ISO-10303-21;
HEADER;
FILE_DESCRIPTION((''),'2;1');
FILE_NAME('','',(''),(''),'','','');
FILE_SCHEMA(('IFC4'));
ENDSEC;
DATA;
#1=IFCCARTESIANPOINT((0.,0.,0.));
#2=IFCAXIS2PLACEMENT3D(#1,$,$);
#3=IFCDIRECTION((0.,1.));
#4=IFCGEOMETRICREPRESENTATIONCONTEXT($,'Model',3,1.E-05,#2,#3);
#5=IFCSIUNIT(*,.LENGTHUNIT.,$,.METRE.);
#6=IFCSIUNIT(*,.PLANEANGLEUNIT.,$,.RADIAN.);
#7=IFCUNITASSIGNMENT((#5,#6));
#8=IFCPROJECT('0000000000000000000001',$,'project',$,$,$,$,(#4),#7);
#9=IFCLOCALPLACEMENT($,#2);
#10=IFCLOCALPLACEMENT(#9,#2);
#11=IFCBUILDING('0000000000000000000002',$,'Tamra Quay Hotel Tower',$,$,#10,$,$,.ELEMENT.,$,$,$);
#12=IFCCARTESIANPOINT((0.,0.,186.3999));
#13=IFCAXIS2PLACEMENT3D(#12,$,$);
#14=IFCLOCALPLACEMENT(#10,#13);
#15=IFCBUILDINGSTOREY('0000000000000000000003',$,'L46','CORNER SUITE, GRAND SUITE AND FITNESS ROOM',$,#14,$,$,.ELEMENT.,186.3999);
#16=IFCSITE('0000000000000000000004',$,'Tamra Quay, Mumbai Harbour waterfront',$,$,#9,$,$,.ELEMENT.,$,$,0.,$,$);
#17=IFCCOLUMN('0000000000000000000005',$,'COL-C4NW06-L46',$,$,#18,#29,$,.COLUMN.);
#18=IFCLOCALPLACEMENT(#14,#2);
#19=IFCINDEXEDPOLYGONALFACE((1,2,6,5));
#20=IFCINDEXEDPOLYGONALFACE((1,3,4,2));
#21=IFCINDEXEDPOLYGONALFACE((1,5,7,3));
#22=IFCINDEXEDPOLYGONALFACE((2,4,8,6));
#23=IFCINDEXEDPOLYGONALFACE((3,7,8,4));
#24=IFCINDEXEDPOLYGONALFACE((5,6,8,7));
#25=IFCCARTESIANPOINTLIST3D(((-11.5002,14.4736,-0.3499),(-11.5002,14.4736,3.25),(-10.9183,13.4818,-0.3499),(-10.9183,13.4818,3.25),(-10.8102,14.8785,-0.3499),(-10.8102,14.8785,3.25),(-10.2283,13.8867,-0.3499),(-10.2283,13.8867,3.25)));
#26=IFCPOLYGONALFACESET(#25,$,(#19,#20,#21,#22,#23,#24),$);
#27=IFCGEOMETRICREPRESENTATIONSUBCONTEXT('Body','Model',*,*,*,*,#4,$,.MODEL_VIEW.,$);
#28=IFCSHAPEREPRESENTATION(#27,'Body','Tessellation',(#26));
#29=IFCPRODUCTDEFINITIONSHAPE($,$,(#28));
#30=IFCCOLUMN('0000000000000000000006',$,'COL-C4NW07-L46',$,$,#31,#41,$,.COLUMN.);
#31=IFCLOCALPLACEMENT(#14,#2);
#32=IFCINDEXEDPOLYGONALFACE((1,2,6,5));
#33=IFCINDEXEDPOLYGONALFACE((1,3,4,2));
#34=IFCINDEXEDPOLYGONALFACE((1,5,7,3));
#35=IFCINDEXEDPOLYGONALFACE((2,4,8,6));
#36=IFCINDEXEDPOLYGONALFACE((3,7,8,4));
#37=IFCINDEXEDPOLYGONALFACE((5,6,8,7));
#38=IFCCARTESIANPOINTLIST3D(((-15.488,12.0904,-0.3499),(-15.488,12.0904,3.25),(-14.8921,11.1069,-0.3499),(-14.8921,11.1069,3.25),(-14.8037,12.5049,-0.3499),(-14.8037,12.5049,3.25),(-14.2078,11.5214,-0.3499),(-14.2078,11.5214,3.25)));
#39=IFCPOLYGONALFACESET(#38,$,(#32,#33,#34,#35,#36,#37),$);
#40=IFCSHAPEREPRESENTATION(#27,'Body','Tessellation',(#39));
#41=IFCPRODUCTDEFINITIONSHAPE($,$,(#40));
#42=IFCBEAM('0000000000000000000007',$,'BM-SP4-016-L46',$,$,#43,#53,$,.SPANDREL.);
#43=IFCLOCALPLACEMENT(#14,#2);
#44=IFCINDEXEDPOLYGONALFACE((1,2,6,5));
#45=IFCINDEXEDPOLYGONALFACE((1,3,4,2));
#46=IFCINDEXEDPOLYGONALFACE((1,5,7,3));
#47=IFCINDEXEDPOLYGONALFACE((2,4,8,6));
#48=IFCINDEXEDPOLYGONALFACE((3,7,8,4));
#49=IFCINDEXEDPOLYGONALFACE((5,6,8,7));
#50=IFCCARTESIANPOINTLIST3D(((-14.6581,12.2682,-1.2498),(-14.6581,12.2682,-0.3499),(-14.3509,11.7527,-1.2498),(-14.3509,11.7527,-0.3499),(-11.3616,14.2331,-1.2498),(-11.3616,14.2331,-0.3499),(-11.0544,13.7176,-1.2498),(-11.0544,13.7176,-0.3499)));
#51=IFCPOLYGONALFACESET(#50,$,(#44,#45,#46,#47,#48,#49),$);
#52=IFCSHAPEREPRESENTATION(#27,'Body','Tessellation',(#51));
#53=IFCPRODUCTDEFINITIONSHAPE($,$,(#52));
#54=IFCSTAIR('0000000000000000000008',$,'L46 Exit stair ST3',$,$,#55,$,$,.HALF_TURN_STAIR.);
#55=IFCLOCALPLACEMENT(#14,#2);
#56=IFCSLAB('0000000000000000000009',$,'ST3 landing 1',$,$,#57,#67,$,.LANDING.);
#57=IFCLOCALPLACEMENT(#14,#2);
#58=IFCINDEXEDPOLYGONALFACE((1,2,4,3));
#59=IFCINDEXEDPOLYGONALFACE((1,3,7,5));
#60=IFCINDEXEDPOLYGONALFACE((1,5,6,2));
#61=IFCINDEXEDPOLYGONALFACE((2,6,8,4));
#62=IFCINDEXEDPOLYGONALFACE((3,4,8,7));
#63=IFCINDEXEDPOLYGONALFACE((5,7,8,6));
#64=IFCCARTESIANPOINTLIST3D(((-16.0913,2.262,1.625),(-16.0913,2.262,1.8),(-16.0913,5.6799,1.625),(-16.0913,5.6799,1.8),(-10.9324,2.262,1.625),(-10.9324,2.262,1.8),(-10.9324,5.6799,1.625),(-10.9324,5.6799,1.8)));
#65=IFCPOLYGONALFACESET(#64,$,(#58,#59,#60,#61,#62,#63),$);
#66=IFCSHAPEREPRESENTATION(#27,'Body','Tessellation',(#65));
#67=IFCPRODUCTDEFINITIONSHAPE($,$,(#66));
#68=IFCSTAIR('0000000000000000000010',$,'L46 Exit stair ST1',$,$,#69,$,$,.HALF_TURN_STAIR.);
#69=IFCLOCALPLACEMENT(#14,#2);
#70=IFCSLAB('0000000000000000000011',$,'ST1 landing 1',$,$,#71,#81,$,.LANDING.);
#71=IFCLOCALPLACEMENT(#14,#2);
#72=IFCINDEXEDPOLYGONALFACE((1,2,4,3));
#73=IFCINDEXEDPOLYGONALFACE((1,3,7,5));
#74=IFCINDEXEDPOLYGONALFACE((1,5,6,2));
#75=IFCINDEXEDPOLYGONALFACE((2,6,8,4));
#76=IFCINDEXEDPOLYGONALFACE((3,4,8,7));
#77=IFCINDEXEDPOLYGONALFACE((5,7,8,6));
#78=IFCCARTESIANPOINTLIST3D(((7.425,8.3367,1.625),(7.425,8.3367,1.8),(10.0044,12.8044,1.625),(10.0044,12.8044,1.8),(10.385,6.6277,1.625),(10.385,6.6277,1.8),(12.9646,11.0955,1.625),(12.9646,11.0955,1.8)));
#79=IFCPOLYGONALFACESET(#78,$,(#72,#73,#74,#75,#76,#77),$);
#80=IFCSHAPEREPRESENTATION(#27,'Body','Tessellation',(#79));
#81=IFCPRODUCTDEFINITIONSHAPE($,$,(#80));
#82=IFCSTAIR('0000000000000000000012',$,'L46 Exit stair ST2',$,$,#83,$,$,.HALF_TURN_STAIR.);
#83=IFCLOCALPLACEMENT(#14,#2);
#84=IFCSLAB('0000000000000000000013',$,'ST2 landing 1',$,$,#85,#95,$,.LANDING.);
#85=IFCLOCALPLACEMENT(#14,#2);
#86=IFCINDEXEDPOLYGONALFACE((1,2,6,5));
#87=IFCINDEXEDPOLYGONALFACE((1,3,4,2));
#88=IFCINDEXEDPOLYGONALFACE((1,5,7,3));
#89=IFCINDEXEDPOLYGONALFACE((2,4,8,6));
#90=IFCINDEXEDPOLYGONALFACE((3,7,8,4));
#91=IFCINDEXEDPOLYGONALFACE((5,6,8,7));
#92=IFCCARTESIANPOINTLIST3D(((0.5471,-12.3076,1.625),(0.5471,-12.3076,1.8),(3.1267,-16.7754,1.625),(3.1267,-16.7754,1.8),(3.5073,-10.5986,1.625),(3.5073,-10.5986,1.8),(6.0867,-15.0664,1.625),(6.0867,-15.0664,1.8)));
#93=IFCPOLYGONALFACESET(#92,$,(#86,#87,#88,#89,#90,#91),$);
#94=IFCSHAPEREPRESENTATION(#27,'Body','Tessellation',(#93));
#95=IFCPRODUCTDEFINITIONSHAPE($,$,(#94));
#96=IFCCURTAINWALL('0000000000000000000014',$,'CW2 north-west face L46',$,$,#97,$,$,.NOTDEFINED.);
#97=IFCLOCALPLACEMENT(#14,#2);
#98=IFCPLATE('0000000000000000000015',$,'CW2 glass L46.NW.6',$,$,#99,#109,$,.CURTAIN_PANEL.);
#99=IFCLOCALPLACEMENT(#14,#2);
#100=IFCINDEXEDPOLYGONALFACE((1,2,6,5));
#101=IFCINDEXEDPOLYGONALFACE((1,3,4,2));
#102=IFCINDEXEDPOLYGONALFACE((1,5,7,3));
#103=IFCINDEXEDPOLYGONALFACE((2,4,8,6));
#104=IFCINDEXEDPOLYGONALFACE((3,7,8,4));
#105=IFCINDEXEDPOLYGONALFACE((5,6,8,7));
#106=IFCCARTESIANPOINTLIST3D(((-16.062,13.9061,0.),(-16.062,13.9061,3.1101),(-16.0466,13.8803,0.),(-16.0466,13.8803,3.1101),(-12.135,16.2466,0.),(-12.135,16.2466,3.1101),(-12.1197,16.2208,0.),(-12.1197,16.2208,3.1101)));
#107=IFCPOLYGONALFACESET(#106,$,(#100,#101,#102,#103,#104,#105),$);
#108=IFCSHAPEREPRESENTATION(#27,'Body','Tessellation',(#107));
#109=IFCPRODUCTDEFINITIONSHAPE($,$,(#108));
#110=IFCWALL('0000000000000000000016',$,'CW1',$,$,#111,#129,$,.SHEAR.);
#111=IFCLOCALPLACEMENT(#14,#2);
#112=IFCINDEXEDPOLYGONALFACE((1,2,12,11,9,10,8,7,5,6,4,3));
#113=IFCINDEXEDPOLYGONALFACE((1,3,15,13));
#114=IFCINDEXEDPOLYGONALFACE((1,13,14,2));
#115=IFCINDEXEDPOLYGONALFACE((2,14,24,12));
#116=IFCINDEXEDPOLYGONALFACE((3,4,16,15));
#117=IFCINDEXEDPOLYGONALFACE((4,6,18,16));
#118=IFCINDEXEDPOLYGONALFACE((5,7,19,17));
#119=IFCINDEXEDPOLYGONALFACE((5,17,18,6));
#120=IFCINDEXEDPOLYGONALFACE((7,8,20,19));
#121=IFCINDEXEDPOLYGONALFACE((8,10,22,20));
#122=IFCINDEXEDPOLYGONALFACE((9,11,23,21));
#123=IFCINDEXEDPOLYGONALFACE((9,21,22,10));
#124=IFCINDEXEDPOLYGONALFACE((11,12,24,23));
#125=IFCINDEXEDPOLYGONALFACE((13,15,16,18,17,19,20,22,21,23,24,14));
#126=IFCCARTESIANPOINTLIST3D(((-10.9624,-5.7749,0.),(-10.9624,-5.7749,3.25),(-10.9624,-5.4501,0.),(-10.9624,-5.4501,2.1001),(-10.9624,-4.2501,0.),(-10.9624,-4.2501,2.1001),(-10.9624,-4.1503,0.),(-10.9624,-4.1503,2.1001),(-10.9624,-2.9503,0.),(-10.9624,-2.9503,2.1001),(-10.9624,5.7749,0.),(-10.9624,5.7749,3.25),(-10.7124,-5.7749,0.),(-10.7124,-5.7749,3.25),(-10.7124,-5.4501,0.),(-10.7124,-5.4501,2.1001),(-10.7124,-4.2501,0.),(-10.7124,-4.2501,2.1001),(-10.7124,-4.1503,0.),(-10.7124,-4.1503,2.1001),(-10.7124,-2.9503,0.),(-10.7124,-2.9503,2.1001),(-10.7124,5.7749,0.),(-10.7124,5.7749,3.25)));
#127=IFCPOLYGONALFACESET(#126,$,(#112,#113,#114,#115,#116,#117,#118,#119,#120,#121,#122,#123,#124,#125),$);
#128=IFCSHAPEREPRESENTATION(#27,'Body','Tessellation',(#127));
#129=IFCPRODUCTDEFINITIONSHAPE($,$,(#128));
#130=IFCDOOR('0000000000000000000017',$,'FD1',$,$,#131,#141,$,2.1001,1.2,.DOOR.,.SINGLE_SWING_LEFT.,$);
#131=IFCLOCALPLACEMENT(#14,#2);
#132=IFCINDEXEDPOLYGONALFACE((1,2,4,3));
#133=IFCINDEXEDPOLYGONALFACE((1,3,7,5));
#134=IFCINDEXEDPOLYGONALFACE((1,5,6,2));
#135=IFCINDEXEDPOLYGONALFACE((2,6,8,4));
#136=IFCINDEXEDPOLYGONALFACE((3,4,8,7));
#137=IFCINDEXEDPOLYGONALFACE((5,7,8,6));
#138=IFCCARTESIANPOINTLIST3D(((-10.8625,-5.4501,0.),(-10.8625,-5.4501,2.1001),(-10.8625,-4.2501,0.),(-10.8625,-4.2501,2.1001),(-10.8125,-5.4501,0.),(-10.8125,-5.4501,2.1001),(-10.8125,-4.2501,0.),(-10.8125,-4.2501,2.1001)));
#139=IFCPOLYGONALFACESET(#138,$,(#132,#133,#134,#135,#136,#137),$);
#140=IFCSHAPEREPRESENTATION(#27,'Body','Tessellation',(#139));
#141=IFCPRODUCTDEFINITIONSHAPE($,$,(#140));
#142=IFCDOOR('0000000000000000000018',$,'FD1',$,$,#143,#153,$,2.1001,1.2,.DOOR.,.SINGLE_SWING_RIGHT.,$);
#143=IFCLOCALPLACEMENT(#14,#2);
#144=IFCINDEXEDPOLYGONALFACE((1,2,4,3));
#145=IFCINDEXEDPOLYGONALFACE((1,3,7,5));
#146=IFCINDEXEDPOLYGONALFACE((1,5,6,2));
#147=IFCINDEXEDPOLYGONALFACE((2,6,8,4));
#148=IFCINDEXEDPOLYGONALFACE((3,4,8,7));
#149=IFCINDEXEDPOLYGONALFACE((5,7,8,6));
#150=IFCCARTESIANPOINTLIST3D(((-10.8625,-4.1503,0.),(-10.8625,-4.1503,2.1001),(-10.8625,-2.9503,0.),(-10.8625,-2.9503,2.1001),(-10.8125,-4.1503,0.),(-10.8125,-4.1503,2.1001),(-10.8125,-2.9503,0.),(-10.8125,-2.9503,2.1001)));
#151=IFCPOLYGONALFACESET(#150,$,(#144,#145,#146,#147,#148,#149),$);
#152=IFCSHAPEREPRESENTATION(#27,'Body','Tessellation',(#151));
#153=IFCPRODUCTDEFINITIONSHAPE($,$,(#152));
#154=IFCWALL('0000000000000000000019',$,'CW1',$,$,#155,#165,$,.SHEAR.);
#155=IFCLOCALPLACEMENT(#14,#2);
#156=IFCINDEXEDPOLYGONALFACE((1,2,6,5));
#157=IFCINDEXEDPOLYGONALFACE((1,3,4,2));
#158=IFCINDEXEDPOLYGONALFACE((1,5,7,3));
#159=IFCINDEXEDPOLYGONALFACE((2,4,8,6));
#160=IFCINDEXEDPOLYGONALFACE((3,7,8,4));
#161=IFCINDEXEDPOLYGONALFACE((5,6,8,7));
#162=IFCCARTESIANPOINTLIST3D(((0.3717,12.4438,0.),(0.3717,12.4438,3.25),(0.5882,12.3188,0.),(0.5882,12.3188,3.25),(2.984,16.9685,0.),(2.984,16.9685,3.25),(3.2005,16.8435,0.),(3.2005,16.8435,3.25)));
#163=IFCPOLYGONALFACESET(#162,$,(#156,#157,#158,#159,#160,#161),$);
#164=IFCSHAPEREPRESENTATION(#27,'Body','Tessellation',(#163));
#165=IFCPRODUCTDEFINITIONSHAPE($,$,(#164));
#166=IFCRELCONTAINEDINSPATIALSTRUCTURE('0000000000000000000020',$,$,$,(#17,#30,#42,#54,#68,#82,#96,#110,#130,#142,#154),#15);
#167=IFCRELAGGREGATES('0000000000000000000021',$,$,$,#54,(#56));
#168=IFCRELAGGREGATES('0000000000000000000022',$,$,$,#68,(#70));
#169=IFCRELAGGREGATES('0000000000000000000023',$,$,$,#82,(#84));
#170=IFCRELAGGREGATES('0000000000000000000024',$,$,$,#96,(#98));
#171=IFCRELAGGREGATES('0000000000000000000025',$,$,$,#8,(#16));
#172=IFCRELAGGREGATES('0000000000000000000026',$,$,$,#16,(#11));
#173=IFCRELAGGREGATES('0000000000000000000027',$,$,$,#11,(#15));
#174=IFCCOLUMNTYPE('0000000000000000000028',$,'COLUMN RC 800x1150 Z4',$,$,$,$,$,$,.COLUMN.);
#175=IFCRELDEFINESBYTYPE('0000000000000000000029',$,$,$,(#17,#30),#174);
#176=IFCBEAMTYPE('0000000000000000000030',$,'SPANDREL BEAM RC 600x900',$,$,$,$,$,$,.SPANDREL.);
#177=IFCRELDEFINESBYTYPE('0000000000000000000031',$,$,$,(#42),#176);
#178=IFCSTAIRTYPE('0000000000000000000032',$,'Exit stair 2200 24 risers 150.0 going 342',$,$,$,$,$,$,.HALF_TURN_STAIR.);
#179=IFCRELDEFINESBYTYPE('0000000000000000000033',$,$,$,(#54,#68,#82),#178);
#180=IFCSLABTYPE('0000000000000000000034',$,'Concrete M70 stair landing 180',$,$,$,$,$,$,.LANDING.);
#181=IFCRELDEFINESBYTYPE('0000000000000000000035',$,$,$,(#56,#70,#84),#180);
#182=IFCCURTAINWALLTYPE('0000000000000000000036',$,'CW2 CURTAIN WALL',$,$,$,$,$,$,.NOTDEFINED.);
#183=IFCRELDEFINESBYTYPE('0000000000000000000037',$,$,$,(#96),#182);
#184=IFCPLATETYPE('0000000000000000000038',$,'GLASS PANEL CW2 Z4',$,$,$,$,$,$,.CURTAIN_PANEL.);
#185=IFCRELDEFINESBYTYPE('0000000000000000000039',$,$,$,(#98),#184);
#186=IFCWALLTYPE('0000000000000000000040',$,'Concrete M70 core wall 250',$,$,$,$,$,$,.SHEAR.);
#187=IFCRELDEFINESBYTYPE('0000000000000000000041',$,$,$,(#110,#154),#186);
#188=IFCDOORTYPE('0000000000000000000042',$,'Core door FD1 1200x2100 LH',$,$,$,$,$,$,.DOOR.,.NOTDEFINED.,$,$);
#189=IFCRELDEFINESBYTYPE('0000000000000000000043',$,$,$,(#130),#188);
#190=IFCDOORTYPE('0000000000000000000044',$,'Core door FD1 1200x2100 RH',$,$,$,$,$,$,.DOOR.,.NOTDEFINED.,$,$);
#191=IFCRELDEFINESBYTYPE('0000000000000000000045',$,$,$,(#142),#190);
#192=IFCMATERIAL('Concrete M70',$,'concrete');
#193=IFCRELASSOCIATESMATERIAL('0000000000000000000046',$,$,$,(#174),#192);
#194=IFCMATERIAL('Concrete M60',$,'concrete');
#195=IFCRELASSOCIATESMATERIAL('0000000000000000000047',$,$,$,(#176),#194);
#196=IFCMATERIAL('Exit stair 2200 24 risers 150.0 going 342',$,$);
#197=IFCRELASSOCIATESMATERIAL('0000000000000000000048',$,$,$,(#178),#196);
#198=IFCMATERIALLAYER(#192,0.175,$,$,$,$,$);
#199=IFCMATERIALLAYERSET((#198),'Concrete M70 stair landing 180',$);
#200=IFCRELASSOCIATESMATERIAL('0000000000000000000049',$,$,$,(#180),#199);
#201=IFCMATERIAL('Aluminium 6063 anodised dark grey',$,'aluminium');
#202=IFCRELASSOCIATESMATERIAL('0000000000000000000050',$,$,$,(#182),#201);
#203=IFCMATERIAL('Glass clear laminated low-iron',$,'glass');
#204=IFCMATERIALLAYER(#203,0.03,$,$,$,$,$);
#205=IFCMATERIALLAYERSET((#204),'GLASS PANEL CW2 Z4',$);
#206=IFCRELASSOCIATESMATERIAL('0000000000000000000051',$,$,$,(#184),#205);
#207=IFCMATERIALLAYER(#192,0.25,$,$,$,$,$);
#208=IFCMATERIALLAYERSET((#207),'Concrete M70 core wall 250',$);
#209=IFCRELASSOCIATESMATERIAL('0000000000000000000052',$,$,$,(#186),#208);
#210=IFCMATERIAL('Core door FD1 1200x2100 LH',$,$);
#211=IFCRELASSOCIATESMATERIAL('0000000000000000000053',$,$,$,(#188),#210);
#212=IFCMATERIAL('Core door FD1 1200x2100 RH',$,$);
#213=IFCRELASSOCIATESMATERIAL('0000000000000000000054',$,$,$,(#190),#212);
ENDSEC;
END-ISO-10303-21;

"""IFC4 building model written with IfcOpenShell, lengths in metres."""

from ifc_helpers import new_model, si_unit, direction, frame, frame_2d, origin, origin_2d, place, context, subcontext, project, spatial, polyline, rectangle, outline, extrude, material, layer, layer_set, material_profile, profile_set, type_object, element, fill, aggregate, save


model = new_model("IFC4")

# Units and contexts
model_context = context("Model", 3, precision=1e-05, world=origin(), true_north=direction((0.0, 1.0)))
body_context = subcontext(model_context, "Body", "Model", "MODEL_VIEW")
ifc_project = project(units=[si_unit("LENGTHUNIT", "METRE"), si_unit("PLANEANGLEUNIT", "RADIAN")], contexts=[model_context])

# Site, building, storey
site_placement = place(None, origin())
site = spatial("IfcSite", under=ifc_project, at=site_placement, Name="Tamra Quay, Mumbai Harbour waterfront", CompositionType="ELEMENT", RefElevation=0.0)
building_placement = place(site_placement, origin())
building = spatial("IfcBuilding", under=site, at=building_placement, Name="Tamra Quay Hotel Tower", CompositionType="ELEMENT")
storey_placement = place(building_placement, frame((0.0, 0.0, 186.3999)))
storey = spatial("IfcBuildingStorey", under=building, at=storey_placement, Name="L46", Description="CORNER SUITE, GRAND SUITE AND FITNESS ROOM", CompositionType="ELEMENT", Elevation=186.3999)

# Columns
ifc_material_1 = material(Name="Concrete M70", Category="concrete")
ifc_material_profile_1 = material_profile(ifc_material_1, rectangle(XDim=1.1499, YDim=0.8, at=origin_2d()), Name="COLUMN RC 800x1150 Z4")
ifc_profile_set_1 = profile_set([ifc_material_profile_1], Name="Concrete M70")
column_type = type_object("IfcColumnType", Name="COLUMN RC 800x1150 Z4", PredefinedType="COLUMN", material=ifc_profile_set_1)
for number, where, z_axis, x_axis, name in (
    (1, (-10.8643, 14.1802, -0.3499), (0.0, 0.0, 1.0), (-0.506085, 0.862484, 0.0), "COL-C4NW06-L46"),
    (2, (-14.8479, 11.8059, -0.3499), (0.0, 0.0, 1.0), (-0.518175, 0.855275, 0.0), "COL-C4NW07-L46"),
):
    element("IfcColumn", number, at=place(storey_placement, frame(where, z_axis=z_axis, x_axis=x_axis)), inside=storey, type_object=column_type, Name=name, PredefinedType="COLUMN", context=body_context, shape_type="SweptSolid", body=[
        extrude(rectangle(XDim=1.1499, YDim=0.8, at=origin_2d()), origin(), (0.0, 0.0, 1.0), 3.5999),
    ])

# Beam
ifc_material_2 = material(Name="Concrete M60", Category="concrete")
ifc_material_profile_2 = material_profile(ifc_material_2, rectangle(XDim=0.6001, YDim=0.8999, at=origin_2d()), Name="SPANDREL BEAM RC 600x900")
ifc_profile_set_2 = profile_set([ifc_material_profile_2], Name="Concrete M60")
beam_type = type_object("IfcBeamType", Name="SPANDREL BEAM RC 600x900", PredefinedType="SPANDREL", material=ifc_profile_set_2)
beam_placement = place(storey_placement, frame((-11.208, 13.9753, -0.7998), z_axis=(-0.858982, -0.512005, 0.0), x_axis=(0.512005, -0.858982, 0.0)))
element("IfcBeam", 3, at=beam_placement, inside=storey, type_object=beam_type, Name="BM-SP4-016-L46", PredefinedType="SPANDREL", context=body_context, shape_type="SweptSolid", body=[
    extrude(rectangle(XDim=0.6001, YDim=0.8999, at=origin_2d()), origin(), (0.0, 0.0, 1.0), 3.8376),
])

# Stairs, slabs
ifc_material_3 = material(Name="Exit stair 2200 24 risers 150.0 going 342")
stair_type = type_object("IfcStairType", Name="Exit stair 2200 24 risers 150.0 going 342", PredefinedType="HALF_TURN_STAIR", material=ifc_material_3)
stair_1_placement = place(storey_placement, origin())
stair_1 = element("IfcStair", 4, at=stair_1_placement, inside=storey, type_object=stair_type, Name="L46 Exit stair ST3", PredefinedType="HALF_TURN_STAIR")
ifc_layer_1 = layer(ifc_material_1, 0.175)
ifc_layer_set_1 = layer_set([ifc_layer_1], Name="Concrete M70 stair landing 180")
slab_type = type_object("IfcSlabType", Name="Concrete M70 stair landing 180", PredefinedType="LANDING", material=ifc_layer_set_1)
slab_1_placement = place(storey_placement, frame((0.0, 0.0, 1.625)))
slab_1 = element("IfcSlab", 5, at=slab_1_placement, type_object=slab_type, Name="ST3 landing 1", PredefinedType="LANDING", context=body_context, shape_type="SweptSolid", body=[
    extrude(outline(polyline([(-10.9324, 2.262), (-10.9324, 5.6799), (-16.0913, 5.6799), (-16.0913, 2.262), (-10.9324, 2.262)])), origin(), (0.0, 0.0, 1.0), 0.175),
])
aggregate(stair_1, [slab_1])
stair_2_placement = place(storey_placement, origin())
stair_2 = element("IfcStair", 6, at=stair_2_placement, inside=storey, type_object=stair_type, Name="L46 Exit stair ST1", PredefinedType="HALF_TURN_STAIR")
slab_2_placement = place(storey_placement, frame((0.0, 0.0, 1.625)))
slab_2 = element("IfcSlab", 7, at=slab_2_placement, type_object=slab_type, Name="ST1 landing 1", PredefinedType="LANDING", context=body_context, shape_type="SweptSolid", body=[
    extrude(outline(polyline([(7.425, 8.3367), (10.385, 6.6277), (12.9646, 11.0955), (10.0044, 12.8044), (7.425, 8.3367)])), origin(), (0.0, 0.0, 1.0), 0.175),
])
aggregate(stair_2, [slab_2])
stair_3_placement = place(storey_placement, origin())
stair_3 = element("IfcStair", 8, at=stair_3_placement, inside=storey, type_object=stair_type, Name="L46 Exit stair ST2", PredefinedType="HALF_TURN_STAIR")
slab_3_placement = place(storey_placement, frame((0.0, 0.0, 1.625)))
slab_3 = element("IfcSlab", 9, at=slab_3_placement, type_object=slab_type, Name="ST2 landing 1", PredefinedType="LANDING", context=body_context, shape_type="SweptSolid", body=[
    extrude(outline(polyline([(3.5073, -10.5986), (0.5471, -12.3076), (3.1267, -16.7754), (6.0867, -15.0664), (3.5073, -10.5986)])), origin(), (0.0, 0.0, 1.0), 0.175),
])
aggregate(stair_3, [slab_3])

# Curtain wall, plate
ifc_material_4 = material(Name="Aluminium 6063 anodised dark grey", Category="aluminium")
curtain_wall_type = type_object("IfcCurtainWallType", Name="CW2 CURTAIN WALL", PredefinedType="NOTDEFINED", material=ifc_material_4)
curtain_wall_placement = place(storey_placement, origin())
curtain_wall = element("IfcCurtainWall", 10, at=curtain_wall_placement, inside=storey, type_object=curtain_wall_type, Name="CW2 north-west face L46", PredefinedType="NOTDEFINED")
ifc_material_5 = material(Name="Glass clear laminated low-iron", Category="glass")
ifc_layer_2 = layer(ifc_material_5, 0.03)
ifc_layer_set_2 = layer_set([ifc_layer_2], Name="GLASS PANEL CW2 Z4")
plate_type = type_object("IfcPlateType", Name="GLASS PANEL CW2 Z4", PredefinedType="CURTAIN_PANEL", material=ifc_layer_set_2)
plate_placement = place(storey_placement, frame((-14.0908, 15.0635, 0.0), z_axis=(0.0, 0.0, 1.0), x_axis=(-0.858999, -0.511978, 0.0)))
plate = element("IfcPlate", 11, at=plate_placement, type_object=plate_type, Name="CW2 glass L46.NW.6", PredefinedType="CURTAIN_PANEL", context=body_context, shape_type="SweptSolid", body=[
    extrude(rectangle(XDim=4.5715, YDim=0.03, at=origin_2d()), origin(), (0.0, 0.0, 1.0), 3.1101),
])
aggregate(curtain_wall, [plate])

# Wall, openings, doors
ifc_layer_3 = layer(ifc_material_1, 0.25)
ifc_layer_set_3 = layer_set([ifc_layer_3], Name="Concrete M70 core wall 250")
wall_type_1 = type_object("IfcWallType", Name="Concrete M70 core wall 250", PredefinedType="SHEAR", material=ifc_layer_set_3)
wall_1_placement = place(storey_placement, frame((-10.8374, 5.7749, 0.0), z_axis=(0.0, 0.0, 1.0), x_axis=(0.0, -1.0, 0.0)))
wall_1 = element("IfcWall", 12, at=wall_1_placement, inside=storey, type_object=wall_type_1, Name="CW1", PredefinedType="SHEAR", context=body_context, shape_type="SweptSolid", body=[
    extrude(rectangle(XDim=11.5498, YDim=0.25, at=frame_2d((5.7749, 0.0))), origin(), (0.0, 0.0, 1.0), 3.25),
])
opening_1_placement = place(wall_1_placement, frame((10.0249, 0.0, 0.0)))
opening_1 = element("IfcOpeningElement", 13, at=opening_1_placement, cuts=wall_1, PredefinedType="OPENING", context=body_context, shape_type="SweptSolid", body=[
    extrude(rectangle(XDim=1.2, YDim=2.1001, at=frame_2d((0.6001, 1.05))), frame((0.0, 0.135, 0.0), z_axis=(0.0, -1.0, 0.0), x_axis=(1.0, 0.0, 0.0)), (0.0, 0.0, 1.0), 0.27),
])
opening_2_placement = place(wall_1_placement, frame((8.7251, 0.0, 0.0)))
opening_2 = element("IfcOpeningElement", 14, at=opening_2_placement, cuts=wall_1, PredefinedType="OPENING", context=body_context, shape_type="SweptSolid", body=[
    extrude(rectangle(XDim=1.2, YDim=2.1001, at=frame_2d((0.6001, 1.05))), frame((0.0, 0.135, 0.0), z_axis=(0.0, -1.0, 0.0), x_axis=(1.0, 0.0, 0.0)), (0.0, 0.0, 1.0), 0.27),
])
ifc_material_6 = material(Name="Core door FD1 1200x2100 LH")
door_type_1 = type_object("IfcDoorType", Name="Core door FD1 1200x2100 LH", OperationType="NOTDEFINED", PredefinedType="DOOR", material=ifc_material_6)
door_1_placement = place(opening_1_placement, origin())
door_1 = element("IfcDoor", 15, at=door_1_placement, inside=storey, type_object=door_type_1, Name="FD1", OperationType="SINGLE_SWING_LEFT", OverallHeight=2.1001, OverallWidth=1.2, PredefinedType="DOOR", context=body_context, shape_type="SweptSolid", body=[
    extrude(rectangle(XDim=1.2, YDim=2.1001, at=frame_2d((0.6001, 1.05))), frame((0.0, 0.0249, 0.0), z_axis=(0.0, -1.0, 0.0), x_axis=(1.0, 0.0, 0.0)), (0.0, 0.0, 1.0), 0.05),
])
fill(opening_1, door_1)
ifc_material_7 = material(Name="Core door FD1 1200x2100 RH")
door_type_2 = type_object("IfcDoorType", Name="Core door FD1 1200x2100 RH", OperationType="NOTDEFINED", PredefinedType="DOOR", material=ifc_material_7)
door_2_placement = place(opening_2_placement, origin())
door_2 = element("IfcDoor", 16, at=door_2_placement, inside=storey, type_object=door_type_2, Name="FD1", OperationType="SINGLE_SWING_RIGHT", OverallHeight=2.1001, OverallWidth=1.2, PredefinedType="DOOR", context=body_context, shape_type="SweptSolid", body=[
    extrude(rectangle(XDim=1.2, YDim=2.1001, at=frame_2d((0.6001, 1.05))), frame((0.0, 0.0249, 0.0), z_axis=(0.0, -1.0, 0.0), x_axis=(1.0, 0.0, 0.0)), (0.0, 0.0, 1.0), 0.05),
])
fill(opening_2, door_2)

# Wall
wall_2_placement = place(storey_placement, frame((0.48, 12.3813, 0.0), z_axis=(0.0, 0.0, 1.0), x_axis=(0.499999, 0.866026, 0.0)))
element("IfcWall", 17, at=wall_2_placement, inside=storey, type_object=wall_type_1, Name="CW1", PredefinedType="SHEAR", context=body_context, shape_type="SweptSolid", body=[
    extrude(rectangle(XDim=5.2246, YDim=0.25, at=frame_2d((2.6123, 0.0))), origin(), (0.0, 0.0, 1.0), 3.25),
])

save(model, "model.ifc")
